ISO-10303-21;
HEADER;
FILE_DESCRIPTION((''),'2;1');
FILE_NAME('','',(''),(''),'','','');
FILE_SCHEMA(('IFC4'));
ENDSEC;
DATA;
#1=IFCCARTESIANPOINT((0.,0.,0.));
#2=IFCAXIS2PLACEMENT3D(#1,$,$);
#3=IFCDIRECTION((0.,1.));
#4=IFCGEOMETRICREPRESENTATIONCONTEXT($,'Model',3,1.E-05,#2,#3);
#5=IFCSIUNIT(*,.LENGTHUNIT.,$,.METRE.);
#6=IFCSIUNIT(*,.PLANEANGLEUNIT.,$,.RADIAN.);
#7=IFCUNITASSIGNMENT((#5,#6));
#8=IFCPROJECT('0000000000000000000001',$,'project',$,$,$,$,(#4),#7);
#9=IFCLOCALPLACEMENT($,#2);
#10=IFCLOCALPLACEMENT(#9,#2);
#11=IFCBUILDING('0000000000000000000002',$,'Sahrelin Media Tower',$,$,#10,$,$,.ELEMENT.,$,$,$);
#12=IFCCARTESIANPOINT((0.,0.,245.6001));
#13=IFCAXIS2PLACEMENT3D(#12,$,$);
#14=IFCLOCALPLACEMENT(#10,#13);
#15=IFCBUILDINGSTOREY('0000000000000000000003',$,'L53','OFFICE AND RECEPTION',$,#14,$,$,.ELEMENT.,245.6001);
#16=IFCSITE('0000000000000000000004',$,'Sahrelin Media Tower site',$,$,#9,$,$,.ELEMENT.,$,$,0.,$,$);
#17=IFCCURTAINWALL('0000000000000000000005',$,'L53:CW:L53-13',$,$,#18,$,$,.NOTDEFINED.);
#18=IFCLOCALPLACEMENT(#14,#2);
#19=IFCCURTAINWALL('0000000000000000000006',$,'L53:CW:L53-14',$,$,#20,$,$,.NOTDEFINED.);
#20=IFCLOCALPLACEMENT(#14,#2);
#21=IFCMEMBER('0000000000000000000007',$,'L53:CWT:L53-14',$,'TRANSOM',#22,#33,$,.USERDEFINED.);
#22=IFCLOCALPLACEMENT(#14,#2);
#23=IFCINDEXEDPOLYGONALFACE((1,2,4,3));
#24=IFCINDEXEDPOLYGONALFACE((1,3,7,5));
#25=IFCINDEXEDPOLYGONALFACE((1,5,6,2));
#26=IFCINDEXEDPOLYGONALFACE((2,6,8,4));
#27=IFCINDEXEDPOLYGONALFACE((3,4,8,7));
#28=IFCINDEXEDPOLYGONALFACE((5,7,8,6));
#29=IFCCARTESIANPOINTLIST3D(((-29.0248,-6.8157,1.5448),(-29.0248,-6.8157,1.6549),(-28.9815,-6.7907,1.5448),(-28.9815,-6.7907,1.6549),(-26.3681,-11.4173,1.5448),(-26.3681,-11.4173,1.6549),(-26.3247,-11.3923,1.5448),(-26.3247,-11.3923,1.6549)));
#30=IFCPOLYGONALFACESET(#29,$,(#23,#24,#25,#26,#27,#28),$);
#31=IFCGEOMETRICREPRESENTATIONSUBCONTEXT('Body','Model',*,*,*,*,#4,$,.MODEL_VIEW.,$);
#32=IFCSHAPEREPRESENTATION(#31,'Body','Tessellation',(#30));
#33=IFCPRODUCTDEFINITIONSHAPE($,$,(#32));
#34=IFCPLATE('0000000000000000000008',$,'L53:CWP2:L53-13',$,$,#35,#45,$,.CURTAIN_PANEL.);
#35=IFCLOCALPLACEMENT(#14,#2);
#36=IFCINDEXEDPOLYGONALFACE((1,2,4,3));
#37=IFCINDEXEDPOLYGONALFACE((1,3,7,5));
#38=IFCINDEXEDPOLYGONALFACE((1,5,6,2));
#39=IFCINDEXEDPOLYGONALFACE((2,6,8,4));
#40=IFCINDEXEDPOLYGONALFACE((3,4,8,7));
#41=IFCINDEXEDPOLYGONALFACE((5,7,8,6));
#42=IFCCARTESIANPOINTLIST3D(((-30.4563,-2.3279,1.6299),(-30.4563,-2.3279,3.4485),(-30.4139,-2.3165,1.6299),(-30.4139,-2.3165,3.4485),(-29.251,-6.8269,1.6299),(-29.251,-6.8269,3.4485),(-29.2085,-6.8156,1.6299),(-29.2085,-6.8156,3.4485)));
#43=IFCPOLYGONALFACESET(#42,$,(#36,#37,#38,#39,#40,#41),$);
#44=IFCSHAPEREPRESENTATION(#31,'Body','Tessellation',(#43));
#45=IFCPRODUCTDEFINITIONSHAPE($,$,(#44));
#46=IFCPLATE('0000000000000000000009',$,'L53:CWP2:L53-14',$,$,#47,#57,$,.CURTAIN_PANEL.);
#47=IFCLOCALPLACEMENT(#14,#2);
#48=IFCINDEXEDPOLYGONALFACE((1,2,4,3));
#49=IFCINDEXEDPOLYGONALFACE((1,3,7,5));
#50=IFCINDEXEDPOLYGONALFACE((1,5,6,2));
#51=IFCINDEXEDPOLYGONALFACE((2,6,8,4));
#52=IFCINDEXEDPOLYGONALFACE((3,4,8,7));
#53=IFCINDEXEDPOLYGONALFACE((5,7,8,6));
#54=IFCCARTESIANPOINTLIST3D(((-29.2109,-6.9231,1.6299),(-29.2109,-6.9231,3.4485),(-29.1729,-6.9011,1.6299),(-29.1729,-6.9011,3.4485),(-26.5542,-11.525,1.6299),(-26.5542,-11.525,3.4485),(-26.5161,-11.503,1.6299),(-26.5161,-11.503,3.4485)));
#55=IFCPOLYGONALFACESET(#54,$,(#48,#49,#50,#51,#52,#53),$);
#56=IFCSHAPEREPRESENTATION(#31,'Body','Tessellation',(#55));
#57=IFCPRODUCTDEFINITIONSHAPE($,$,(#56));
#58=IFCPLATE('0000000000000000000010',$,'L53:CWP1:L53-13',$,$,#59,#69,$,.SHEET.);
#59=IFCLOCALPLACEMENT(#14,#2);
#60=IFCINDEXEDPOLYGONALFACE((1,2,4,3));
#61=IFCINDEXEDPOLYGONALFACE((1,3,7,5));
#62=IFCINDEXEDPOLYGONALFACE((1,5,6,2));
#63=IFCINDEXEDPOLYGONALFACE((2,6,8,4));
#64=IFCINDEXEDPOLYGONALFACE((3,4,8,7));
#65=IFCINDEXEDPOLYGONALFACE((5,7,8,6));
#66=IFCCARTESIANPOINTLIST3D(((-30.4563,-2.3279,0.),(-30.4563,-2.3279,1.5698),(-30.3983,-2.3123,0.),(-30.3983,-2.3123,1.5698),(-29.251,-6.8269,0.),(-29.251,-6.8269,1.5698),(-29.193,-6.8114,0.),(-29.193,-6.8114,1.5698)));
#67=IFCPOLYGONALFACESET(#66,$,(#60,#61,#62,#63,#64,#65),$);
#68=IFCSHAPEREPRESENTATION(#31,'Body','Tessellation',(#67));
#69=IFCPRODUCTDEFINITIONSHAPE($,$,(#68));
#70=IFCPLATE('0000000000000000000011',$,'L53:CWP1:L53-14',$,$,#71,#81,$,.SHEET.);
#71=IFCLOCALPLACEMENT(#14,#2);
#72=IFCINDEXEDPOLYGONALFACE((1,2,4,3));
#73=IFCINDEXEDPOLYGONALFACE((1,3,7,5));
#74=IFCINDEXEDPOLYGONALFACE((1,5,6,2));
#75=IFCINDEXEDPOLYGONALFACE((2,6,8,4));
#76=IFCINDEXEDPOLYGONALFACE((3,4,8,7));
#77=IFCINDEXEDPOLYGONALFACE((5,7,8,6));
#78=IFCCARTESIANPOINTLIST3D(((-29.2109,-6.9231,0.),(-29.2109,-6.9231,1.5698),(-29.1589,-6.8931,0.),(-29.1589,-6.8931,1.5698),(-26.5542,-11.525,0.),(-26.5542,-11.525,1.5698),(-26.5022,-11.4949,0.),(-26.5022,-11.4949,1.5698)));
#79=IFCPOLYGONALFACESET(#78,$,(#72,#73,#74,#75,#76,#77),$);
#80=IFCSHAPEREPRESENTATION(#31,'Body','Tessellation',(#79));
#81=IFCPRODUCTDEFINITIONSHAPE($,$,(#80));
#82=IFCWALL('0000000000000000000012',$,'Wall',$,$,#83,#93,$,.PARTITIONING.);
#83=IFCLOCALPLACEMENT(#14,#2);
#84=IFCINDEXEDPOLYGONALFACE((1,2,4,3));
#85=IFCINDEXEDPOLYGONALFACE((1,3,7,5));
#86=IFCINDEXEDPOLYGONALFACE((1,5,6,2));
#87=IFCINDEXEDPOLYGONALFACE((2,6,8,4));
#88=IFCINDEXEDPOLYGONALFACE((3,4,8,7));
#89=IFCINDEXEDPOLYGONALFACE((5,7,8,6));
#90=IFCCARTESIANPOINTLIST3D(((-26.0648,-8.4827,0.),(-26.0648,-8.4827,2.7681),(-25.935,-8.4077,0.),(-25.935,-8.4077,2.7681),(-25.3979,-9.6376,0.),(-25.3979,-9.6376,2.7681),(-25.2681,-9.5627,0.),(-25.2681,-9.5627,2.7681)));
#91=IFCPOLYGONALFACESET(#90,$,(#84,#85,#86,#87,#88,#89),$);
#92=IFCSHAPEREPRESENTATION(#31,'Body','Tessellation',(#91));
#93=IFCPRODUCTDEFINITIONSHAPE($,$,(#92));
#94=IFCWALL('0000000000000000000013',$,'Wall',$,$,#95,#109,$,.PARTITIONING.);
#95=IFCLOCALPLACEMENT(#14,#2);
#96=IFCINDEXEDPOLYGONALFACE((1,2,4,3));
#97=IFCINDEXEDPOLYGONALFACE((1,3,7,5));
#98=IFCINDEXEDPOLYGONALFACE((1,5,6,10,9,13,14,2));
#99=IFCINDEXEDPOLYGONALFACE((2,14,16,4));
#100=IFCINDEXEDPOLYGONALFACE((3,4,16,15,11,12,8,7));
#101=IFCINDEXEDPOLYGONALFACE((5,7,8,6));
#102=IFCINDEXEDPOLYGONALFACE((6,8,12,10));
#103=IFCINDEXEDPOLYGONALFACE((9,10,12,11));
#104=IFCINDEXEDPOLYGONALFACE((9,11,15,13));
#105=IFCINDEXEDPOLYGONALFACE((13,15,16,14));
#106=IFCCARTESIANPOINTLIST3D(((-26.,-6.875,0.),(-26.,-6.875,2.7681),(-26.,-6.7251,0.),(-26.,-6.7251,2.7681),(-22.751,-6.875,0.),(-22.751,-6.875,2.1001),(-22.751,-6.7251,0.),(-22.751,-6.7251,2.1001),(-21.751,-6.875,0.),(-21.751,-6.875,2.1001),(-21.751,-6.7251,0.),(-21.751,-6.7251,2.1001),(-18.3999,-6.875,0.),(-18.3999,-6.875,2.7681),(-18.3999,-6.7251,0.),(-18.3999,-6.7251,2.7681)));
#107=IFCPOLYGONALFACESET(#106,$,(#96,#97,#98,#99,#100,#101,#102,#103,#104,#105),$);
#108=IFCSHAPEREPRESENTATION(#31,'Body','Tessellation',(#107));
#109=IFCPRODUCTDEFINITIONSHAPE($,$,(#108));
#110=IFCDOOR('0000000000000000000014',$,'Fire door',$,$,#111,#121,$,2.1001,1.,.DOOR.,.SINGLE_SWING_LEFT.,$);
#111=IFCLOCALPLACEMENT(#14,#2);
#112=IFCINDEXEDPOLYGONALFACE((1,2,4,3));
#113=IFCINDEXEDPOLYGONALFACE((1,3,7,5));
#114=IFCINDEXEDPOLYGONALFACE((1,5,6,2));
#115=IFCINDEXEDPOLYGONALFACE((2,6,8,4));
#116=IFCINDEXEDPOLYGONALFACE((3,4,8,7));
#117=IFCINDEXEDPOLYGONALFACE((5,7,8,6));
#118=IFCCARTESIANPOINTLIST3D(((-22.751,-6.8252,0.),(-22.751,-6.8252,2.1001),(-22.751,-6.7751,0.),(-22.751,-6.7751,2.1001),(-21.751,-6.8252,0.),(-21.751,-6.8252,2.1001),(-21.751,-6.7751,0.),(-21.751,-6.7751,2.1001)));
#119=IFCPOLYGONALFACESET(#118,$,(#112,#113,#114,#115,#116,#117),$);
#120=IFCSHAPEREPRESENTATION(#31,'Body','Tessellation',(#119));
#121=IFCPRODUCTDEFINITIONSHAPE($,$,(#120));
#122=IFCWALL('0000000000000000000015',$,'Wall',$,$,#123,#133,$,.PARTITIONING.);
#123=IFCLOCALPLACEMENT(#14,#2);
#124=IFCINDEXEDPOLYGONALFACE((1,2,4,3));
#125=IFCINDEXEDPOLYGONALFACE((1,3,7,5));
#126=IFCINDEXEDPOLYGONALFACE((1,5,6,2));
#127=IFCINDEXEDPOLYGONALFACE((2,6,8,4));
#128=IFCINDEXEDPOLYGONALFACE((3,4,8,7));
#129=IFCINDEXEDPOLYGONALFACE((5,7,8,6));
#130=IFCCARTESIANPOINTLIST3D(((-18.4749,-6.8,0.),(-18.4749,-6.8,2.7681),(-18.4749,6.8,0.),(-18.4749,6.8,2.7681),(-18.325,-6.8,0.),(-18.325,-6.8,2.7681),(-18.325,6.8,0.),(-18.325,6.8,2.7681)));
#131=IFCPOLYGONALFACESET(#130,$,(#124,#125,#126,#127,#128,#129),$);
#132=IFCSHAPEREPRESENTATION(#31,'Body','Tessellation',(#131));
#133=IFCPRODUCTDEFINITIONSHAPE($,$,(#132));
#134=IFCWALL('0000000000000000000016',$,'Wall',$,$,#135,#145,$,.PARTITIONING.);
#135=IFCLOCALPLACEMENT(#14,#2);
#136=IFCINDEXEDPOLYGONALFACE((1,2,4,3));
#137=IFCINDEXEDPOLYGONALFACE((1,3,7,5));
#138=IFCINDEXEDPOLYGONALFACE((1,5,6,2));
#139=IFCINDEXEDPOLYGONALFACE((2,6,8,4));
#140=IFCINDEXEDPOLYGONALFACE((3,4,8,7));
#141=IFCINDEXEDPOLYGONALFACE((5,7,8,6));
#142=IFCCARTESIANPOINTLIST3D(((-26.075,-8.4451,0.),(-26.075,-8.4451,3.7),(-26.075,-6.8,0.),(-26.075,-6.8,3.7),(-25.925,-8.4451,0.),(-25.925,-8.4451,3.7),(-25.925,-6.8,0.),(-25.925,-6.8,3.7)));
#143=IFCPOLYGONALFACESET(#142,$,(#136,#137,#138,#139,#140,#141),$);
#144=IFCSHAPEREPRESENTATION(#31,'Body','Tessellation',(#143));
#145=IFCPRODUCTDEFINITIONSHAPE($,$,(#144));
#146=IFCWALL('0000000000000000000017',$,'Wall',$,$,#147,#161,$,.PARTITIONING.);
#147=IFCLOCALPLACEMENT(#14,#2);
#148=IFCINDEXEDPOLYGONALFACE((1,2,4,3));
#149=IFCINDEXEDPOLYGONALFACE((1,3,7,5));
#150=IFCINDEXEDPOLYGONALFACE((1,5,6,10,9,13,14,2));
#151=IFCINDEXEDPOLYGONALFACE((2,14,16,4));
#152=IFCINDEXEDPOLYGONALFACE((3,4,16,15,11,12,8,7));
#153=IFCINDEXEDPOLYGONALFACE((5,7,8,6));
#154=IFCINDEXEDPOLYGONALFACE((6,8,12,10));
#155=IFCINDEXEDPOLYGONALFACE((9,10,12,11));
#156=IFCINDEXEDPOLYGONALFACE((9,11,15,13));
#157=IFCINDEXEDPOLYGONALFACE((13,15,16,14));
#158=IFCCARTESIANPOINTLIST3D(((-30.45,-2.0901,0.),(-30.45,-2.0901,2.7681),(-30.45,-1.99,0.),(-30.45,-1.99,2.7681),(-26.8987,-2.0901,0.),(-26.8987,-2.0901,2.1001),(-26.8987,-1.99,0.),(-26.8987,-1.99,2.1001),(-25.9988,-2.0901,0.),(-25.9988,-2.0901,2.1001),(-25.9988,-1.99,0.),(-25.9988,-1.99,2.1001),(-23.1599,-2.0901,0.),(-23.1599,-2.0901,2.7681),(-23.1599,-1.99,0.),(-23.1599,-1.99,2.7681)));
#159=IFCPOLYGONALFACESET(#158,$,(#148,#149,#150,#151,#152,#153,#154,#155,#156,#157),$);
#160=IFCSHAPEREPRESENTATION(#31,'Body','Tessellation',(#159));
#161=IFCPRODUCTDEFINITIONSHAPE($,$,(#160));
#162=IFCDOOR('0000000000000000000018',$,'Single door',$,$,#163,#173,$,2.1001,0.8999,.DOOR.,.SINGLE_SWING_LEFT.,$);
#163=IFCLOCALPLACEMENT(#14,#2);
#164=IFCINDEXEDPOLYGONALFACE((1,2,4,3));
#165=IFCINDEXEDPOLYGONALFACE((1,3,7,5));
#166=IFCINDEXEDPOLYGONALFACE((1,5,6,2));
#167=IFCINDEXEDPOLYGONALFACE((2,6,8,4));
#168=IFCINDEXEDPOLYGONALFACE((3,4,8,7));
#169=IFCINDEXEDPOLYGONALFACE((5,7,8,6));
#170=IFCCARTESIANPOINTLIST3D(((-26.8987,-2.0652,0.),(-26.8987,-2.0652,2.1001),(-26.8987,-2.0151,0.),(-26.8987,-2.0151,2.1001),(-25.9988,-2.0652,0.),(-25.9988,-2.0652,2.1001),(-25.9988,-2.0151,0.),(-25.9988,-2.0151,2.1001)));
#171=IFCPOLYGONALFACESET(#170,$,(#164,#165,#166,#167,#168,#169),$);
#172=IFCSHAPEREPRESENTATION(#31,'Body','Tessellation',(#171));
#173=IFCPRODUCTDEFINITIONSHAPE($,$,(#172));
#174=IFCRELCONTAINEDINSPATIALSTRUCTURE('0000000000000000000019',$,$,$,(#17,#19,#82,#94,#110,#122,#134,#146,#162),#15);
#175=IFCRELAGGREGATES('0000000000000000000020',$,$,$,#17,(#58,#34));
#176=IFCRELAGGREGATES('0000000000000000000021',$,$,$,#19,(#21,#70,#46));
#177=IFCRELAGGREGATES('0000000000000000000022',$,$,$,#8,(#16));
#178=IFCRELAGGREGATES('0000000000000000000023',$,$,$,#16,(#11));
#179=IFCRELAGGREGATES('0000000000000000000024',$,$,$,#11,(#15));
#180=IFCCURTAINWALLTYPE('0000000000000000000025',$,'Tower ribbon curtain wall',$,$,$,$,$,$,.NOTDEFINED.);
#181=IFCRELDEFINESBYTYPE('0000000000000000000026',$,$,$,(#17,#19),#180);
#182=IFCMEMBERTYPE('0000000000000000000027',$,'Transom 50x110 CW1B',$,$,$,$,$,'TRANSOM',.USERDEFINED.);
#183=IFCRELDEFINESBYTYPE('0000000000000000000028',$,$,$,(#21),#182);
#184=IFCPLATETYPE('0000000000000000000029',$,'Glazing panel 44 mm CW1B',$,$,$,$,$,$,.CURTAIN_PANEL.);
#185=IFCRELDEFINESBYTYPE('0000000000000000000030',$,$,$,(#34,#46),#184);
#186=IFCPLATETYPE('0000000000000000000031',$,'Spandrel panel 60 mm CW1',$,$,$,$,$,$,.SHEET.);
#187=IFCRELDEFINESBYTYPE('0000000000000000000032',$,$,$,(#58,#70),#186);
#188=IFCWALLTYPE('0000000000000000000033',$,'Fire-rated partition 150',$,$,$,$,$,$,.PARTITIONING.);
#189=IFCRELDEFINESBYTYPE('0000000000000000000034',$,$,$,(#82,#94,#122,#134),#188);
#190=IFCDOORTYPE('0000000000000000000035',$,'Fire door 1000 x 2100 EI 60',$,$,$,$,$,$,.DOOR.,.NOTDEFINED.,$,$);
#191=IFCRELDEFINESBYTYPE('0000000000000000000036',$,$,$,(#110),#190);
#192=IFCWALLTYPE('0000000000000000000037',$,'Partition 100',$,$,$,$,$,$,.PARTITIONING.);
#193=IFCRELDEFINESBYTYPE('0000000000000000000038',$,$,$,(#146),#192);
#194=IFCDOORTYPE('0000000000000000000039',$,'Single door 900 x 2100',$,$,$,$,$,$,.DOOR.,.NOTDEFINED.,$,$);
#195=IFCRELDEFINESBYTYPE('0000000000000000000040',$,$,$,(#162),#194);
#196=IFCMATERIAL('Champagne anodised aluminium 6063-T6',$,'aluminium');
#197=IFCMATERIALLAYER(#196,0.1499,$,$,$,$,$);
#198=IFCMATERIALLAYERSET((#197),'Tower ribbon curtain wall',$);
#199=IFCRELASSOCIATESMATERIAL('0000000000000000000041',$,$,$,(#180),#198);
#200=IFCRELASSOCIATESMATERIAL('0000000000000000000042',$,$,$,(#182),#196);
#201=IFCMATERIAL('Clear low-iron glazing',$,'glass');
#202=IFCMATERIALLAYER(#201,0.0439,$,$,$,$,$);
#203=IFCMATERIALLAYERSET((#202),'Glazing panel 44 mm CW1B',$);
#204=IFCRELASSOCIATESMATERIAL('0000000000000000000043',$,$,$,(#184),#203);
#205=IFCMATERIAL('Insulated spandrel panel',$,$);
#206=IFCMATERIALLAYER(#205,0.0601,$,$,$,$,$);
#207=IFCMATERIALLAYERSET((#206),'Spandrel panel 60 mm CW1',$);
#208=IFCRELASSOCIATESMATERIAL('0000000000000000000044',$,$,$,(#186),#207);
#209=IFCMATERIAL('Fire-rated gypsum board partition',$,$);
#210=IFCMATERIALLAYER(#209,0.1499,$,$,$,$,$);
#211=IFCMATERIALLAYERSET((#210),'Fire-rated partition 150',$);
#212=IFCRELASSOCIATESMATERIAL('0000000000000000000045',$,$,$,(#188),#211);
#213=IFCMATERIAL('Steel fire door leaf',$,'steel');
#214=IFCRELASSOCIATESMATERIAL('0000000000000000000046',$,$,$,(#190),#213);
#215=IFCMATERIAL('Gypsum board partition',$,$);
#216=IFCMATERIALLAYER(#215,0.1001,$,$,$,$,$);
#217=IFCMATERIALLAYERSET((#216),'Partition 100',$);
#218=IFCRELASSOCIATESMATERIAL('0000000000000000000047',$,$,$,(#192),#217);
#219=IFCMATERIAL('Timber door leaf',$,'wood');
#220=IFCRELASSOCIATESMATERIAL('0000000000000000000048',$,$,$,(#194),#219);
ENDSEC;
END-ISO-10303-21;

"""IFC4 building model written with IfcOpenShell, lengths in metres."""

from ifc_helpers import new_model, si_unit, direction, frame, frame_2d, origin, origin_2d, place, context, subcontext, project, spatial, polyline, rectangle, outline, extrude, material, layer, layer_set, material_profile, profile_set, type_object, element, fill, aggregate, save


model = new_model("IFC4")

# Units and contexts
model_context = context("Model", 3, precision=1e-05, world=origin(), true_north=direction((0.0, 1.0)))
body_context = subcontext(model_context, "Body", "Model", "MODEL_VIEW")
ifc_project = project(units=[si_unit("LENGTHUNIT", "METRE"), si_unit("PLANEANGLEUNIT", "RADIAN")], contexts=[model_context])

# Site, building, storey
site_placement = place(None, origin())
site = spatial("IfcSite", under=ifc_project, at=site_placement, Name="Sahrelin Media Tower site", CompositionType="ELEMENT", RefElevation=0.0)
building_placement = place(site_placement, origin())
building = spatial("IfcBuilding", under=site, at=building_placement, Name="Sahrelin Media Tower", CompositionType="ELEMENT")
storey_placement = place(building_placement, frame((0.0, 0.0, 245.6001)))
storey = spatial("IfcBuildingStorey", under=building, at=storey_placement, Name="L53", Description="OFFICE AND RECEPTION", CompositionType="ELEMENT", Elevation=245.6001)

# Curtain wall
ifc_material_1 = material(Name="Champagne anodised aluminium 6063-T6", Category="aluminium")
ifc_layer_1 = layer(ifc_material_1, 0.1499)
ifc_layer_set_1 = layer_set([ifc_layer_1], Name="Tower ribbon curtain wall")
curtain_wall_type = type_object("IfcCurtainWallType", Name="Tower ribbon curtain wall", PredefinedType="NOTDEFINED", material=ifc_layer_set_1)
curtain_wall_1_placement = place(storey_placement, frame((-29.8342, -4.5723, 0.0), z_axis=(0.0, 0.0, 1.0), x_axis=(1.0, 0.0, 0.0)))
curtain_wall_1 = element("IfcCurtainWall", 1, at=curtain_wall_1_placement, inside=storey, type_object=curtain_wall_type, Name="L53:CW:L53-13", PredefinedType="NOTDEFINED")

# Shared definitions
ifc_material_profile_1 = material_profile(ifc_material_1, rectangle(XDim=0.05, YDim=0.1101, at=origin_2d()), Name="Transom 50x110")
ifc_profile_set_1 = profile_set([ifc_material_profile_1], Name="Champagne anodised aluminium 6063-T6")
member_type_1 = type_object("IfcMemberType", Name="Transom 50x110 CW1B", ElementType="TRANSOM", PredefinedType="USERDEFINED", material=ifc_profile_set_1)

# Curtain wall, member
curtain_wall_2_placement = place(storey_placement, frame((-27.8652, -9.2141, 0.0), z_axis=(0.0, 0.0, 1.0), x_axis=(1.0, 0.0, 0.0)))
curtain_wall_2 = element("IfcCurtainWall", 2, at=curtain_wall_2_placement, inside=storey, type_object=curtain_wall_type, Name="L53:CW:L53-14", PredefinedType="NOTDEFINED")
member_1_placement = place(storey_placement, frame((-29.0032, -6.8032, 1.5999), z_axis=(0.500004, -0.866023, 0.0), x_axis=(0.866023, 0.500004, 0.0)))
member_1 = element("IfcMember", 3, at=member_1_placement, type_object=member_type_1, Name="L53:CWT:L53-14", ObjectType="TRANSOM", PredefinedType="USERDEFINED", context=body_context, shape_type="SweptSolid", body=[
    extrude(rectangle(XDim=0.05, YDim=0.1101, at=origin_2d()), origin(), (0.0, 0.0, 1.0), 5.3135),
])

# Plates
ifc_material_2 = material(Name="Clear low-iron glazing", Category="glass")
ifc_layer_2 = layer(ifc_material_2, 0.0439)
ifc_layer_set_2 = layer_set([ifc_layer_2], Name="Glazing panel 44 mm CW1B")
plate_type_1 = type_object("IfcPlateType", Name="Glazing panel 44 mm CW1B", PredefinedType="CURTAIN_PANEL", material=ifc_layer_set_2)
plate_1_placement = place(storey_placement, frame((-30.4563, -2.3279, 1.6299), z_axis=(-0.965936, -0.258781, 0.0), x_axis=(0.258781, -0.965936, 0.0)))
plate_1 = element("IfcPlate", 4, at=plate_1_placement, type_object=plate_type_1, Name="L53:CWP2:L53-13", PredefinedType="CURTAIN_PANEL", context=body_context, shape_type="SweptSolid", body=[
    extrude(outline(polyline([(0.0, 0.0), (4.6577, 0.0), (4.6577, 1.8186), (0.0, 1.8186), (0.0, 0.0)])), origin(), (0.0, 0.0, -1.0), 0.0439),
])
plate_2_placement = place(storey_placement, frame((-29.2109, -6.9231, 1.6299), z_axis=(-0.866035, -0.499984, 0.0), x_axis=(0.499984, -0.866035, 0.0)))
plate_2 = element("IfcPlate", 5, at=plate_2_placement, type_object=plate_type_1, Name="L53:CWP2:L53-14", PredefinedType="CURTAIN_PANEL", context=body_context, shape_type="SweptSolid", body=[
    extrude(outline(polyline([(0.0, 0.0), (5.3137, 0.0), (5.3137, 1.8186), (0.0, 1.8186), (0.0, 0.0)])), origin(), (0.0, 0.0, -1.0), 0.0439),
])
ifc_material_3 = material(Name="Insulated spandrel panel")
ifc_layer_3 = layer(ifc_material_3, 0.0601)
ifc_layer_set_3 = layer_set([ifc_layer_3], Name="Spandrel panel 60 mm CW1")
plate_type_2 = type_object("IfcPlateType", Name="Spandrel panel 60 mm CW1", PredefinedType="SHEET", material=ifc_layer_set_3)
plate_3_placement = place(storey_placement, frame((-30.4563, -2.3279, 0.0), z_axis=(-0.965936, -0.258781, 0.0), x_axis=(0.258781, -0.965936, 0.0)))
plate_3 = element("IfcPlate", 6, at=plate_3_placement, type_object=plate_type_2, Name="L53:CWP1:L53-13", PredefinedType="SHEET", context=body_context, shape_type="SweptSolid", body=[
    extrude(outline(polyline([(0.0, 0.0), (4.6577, 0.0), (4.6577, 1.5698), (0.0, 1.5698), (0.0, 0.0)])), origin(), (0.0, 0.0, -1.0), 0.0601),
])
aggregate(curtain_wall_1, [plate_3, plate_1])
plate_4_placement = place(storey_placement, frame((-29.2109, -6.9231, 0.0), z_axis=(-0.866035, -0.499984, 0.0), x_axis=(0.499984, -0.866035, 0.0)))
plate_4 = element("IfcPlate", 7, at=plate_4_placement, type_object=plate_type_2, Name="L53:CWP1:L53-14", PredefinedType="SHEET", context=body_context, shape_type="SweptSolid", body=[
    extrude(outline(polyline([(0.0, 0.0), (5.3137, 0.0), (5.3137, 1.5698), (0.0, 1.5698), (0.0, 0.0)])), origin(), (0.0, 0.0, -1.0), 0.0601),
])
aggregate(curtain_wall_2, [member_1, plate_4, plate_2])

# Wall
ifc_material_4 = material(Name="Fire-rated gypsum board partition")
ifc_layer_4 = layer(ifc_material_4, 0.1499)
ifc_layer_set_4 = layer_set([ifc_layer_4], Name="Fire-rated partition 150")
wall_type_1 = type_object("IfcWallType", Name="Fire-rated partition 150", PredefinedType="PARTITIONING", material=ifc_layer_set_4)
wall_1_placement = place(storey_placement, frame((-26.0, -8.4451, 0.0), z_axis=(0.0, 0.0, 1.0), x_axis=(0.500076, -0.865981, 0.0)))
element("IfcWall", 8, at=wall_1_placement, inside=storey, type_object=wall_type_1, Name="Wall", PredefinedType="PARTITIONING", context=body_context, shape_type="SweptSolid", body=[
    extrude(rectangle(XDim=1.3337, YDim=0.1499, at=frame_2d((0.667, 0.0))), origin(), (0.0, 0.0, 1.0), 2.7681),
])

# Wall, opening, door
wall_2_placement = place(storey_placement, frame((-26.0, -6.8, 0.0), z_axis=(0.0, 0.0, 1.0), x_axis=(1.0, 0.0, 0.0)))
wall_2 = element("IfcWall", 9, at=wall_2_placement, inside=storey, type_object=wall_type_1, Name="Wall", PredefinedType="PARTITIONING", context=body_context, shape_type="SweptSolid", body=[
    extrude(rectangle(XDim=7.6001, YDim=0.1499, at=frame_2d((3.8, 0.0))), origin(), (0.0, 0.0, 1.0), 2.7681),
])
opening_1_placement = place(wall_2_placement, frame((3.249, 0.0, 0.0)))
opening_1 = element("IfcOpeningElement", 10, at=opening_1_placement, cuts=wall_2, PredefinedType="OPENING", context=body_context, shape_type="SweptSolid", body=[
    extrude(rectangle(XDim=1.0, YDim=2.1001, at=frame_2d((0.5, 1.05))), frame((0.0, 0.075, 0.0), z_axis=(0.0, -1.0, 0.0), x_axis=(1.0, 0.0, 0.0)), (0.0, 0.0, 1.0), 0.1499),
])
ifc_material_5 = material(Name="Steel fire door leaf", Category="steel")
door_type_1 = type_object("IfcDoorType", Name="Fire door 1000 x 2100 EI 60", OperationType="NOTDEFINED", PredefinedType="DOOR", material=ifc_material_5)
door_1_placement = place(opening_1_placement, origin())
door_1 = element("IfcDoor", 11, at=door_1_placement, inside=storey, type_object=door_type_1, Name="Fire door", OperationType="SINGLE_SWING_LEFT", OverallHeight=2.1001, OverallWidth=1.0, PredefinedType="DOOR", context=body_context, shape_type="SweptSolid", body=[
    extrude(rectangle(XDim=1.0, YDim=2.1001, at=frame_2d((0.5, 1.05))), frame((0.0, 0.0249, 0.0), z_axis=(0.0, -1.0, 0.0), x_axis=(1.0, 0.0, 0.0)), (0.0, 0.0, 1.0), 0.05),
])
fill(opening_1, door_1)

# Walls
wall_3_placement = place(storey_placement, frame((-18.3999, -6.8, 0.0), z_axis=(0.0, 0.0, 1.0), x_axis=(0.0, 1.0, 0.0)))
element("IfcWall", 12, at=wall_3_placement, inside=storey, type_object=wall_type_1, Name="Wall", PredefinedType="PARTITIONING", context=body_context, shape_type="SweptSolid", body=[
    extrude(rectangle(XDim=13.6001, YDim=0.1499, at=frame_2d((6.8, 0.0))), origin(), (0.0, 0.0, 1.0), 2.7681),
])
wall_4_placement = place(storey_placement, frame((-26.0, -8.4451, 0.0), z_axis=(0.0, 0.0, 1.0), x_axis=(0.0, 1.0, 0.0)))
element("IfcWall", 13, at=wall_4_placement, inside=storey, type_object=wall_type_1, Name="Wall", PredefinedType="PARTITIONING", context=body_context, shape_type="SweptSolid", body=[
    extrude(rectangle(XDim=1.645, YDim=0.1499, at=frame_2d((0.8225, 0.0))), origin(), (0.0, 0.0, 1.0), 3.7),
])

# Wall, opening, door
ifc_material_6 = material(Name="Gypsum board partition")
ifc_layer_5 = layer(ifc_material_6, 0.1001)
ifc_layer_set_5 = layer_set([ifc_layer_5], Name="Partition 100")
wall_type_2 = type_object("IfcWallType", Name="Partition 100", PredefinedType="PARTITIONING", material=ifc_layer_set_5)
wall_5_placement = place(storey_placement, frame((-30.45, -2.04, 0.0), z_axis=(0.0, 0.0, 1.0), x_axis=(1.0, 0.0, 0.0)))
wall_5 = element("IfcWall", 14, at=wall_5_placement, inside=storey, type_object=wall_type_2, Name="Wall", PredefinedType="PARTITIONING", context=body_context, shape_type="SweptSolid", body=[
    extrude(rectangle(XDim=7.29, YDim=0.1001, at=frame_2d((3.645, 0.0))), origin(), (0.0, 0.0, 1.0), 2.7681),
])
opening_2_placement = place(wall_5_placement, frame((3.5513, 0.0, 0.0)))
opening_2 = element("IfcOpeningElement", 15, at=opening_2_placement, cuts=wall_5, PredefinedType="OPENING", context=body_context, shape_type="SweptSolid", body=[
    extrude(rectangle(XDim=0.8999, YDim=2.1001, at=frame_2d((0.45, 1.05))), frame((0.0, 0.05, 0.0), z_axis=(0.0, -1.0, 0.0), x_axis=(1.0, 0.0, 0.0)), (0.0, 0.0, 1.0), 0.1001),
])
ifc_material_7 = material(Name="Timber door leaf", Category="wood")
door_type_2 = type_object("IfcDoorType", Name="Single door 900 x 2100", OperationType="NOTDEFINED", PredefinedType="DOOR", material=ifc_material_7)
door_2_placement = place(opening_2_placement, origin())
door_2 = element("IfcDoor", 16, at=door_2_placement, inside=storey, type_object=door_type_2, Name="Single door", OperationType="SINGLE_SWING_LEFT", OverallHeight=2.1001, OverallWidth=0.8999, PredefinedType="DOOR", context=body_context, shape_type="SweptSolid", body=[
    extrude(rectangle(XDim=0.8999, YDim=2.1001, at=frame_2d((0.45, 1.05))), frame((0.0, 0.0249, 0.0), z_axis=(0.0, -1.0, 0.0), x_axis=(1.0, 0.0, 0.0)), (0.0, 0.0, 1.0), 0.05),
])
fill(opening_2, door_2)

save(model, "model.ifc")
